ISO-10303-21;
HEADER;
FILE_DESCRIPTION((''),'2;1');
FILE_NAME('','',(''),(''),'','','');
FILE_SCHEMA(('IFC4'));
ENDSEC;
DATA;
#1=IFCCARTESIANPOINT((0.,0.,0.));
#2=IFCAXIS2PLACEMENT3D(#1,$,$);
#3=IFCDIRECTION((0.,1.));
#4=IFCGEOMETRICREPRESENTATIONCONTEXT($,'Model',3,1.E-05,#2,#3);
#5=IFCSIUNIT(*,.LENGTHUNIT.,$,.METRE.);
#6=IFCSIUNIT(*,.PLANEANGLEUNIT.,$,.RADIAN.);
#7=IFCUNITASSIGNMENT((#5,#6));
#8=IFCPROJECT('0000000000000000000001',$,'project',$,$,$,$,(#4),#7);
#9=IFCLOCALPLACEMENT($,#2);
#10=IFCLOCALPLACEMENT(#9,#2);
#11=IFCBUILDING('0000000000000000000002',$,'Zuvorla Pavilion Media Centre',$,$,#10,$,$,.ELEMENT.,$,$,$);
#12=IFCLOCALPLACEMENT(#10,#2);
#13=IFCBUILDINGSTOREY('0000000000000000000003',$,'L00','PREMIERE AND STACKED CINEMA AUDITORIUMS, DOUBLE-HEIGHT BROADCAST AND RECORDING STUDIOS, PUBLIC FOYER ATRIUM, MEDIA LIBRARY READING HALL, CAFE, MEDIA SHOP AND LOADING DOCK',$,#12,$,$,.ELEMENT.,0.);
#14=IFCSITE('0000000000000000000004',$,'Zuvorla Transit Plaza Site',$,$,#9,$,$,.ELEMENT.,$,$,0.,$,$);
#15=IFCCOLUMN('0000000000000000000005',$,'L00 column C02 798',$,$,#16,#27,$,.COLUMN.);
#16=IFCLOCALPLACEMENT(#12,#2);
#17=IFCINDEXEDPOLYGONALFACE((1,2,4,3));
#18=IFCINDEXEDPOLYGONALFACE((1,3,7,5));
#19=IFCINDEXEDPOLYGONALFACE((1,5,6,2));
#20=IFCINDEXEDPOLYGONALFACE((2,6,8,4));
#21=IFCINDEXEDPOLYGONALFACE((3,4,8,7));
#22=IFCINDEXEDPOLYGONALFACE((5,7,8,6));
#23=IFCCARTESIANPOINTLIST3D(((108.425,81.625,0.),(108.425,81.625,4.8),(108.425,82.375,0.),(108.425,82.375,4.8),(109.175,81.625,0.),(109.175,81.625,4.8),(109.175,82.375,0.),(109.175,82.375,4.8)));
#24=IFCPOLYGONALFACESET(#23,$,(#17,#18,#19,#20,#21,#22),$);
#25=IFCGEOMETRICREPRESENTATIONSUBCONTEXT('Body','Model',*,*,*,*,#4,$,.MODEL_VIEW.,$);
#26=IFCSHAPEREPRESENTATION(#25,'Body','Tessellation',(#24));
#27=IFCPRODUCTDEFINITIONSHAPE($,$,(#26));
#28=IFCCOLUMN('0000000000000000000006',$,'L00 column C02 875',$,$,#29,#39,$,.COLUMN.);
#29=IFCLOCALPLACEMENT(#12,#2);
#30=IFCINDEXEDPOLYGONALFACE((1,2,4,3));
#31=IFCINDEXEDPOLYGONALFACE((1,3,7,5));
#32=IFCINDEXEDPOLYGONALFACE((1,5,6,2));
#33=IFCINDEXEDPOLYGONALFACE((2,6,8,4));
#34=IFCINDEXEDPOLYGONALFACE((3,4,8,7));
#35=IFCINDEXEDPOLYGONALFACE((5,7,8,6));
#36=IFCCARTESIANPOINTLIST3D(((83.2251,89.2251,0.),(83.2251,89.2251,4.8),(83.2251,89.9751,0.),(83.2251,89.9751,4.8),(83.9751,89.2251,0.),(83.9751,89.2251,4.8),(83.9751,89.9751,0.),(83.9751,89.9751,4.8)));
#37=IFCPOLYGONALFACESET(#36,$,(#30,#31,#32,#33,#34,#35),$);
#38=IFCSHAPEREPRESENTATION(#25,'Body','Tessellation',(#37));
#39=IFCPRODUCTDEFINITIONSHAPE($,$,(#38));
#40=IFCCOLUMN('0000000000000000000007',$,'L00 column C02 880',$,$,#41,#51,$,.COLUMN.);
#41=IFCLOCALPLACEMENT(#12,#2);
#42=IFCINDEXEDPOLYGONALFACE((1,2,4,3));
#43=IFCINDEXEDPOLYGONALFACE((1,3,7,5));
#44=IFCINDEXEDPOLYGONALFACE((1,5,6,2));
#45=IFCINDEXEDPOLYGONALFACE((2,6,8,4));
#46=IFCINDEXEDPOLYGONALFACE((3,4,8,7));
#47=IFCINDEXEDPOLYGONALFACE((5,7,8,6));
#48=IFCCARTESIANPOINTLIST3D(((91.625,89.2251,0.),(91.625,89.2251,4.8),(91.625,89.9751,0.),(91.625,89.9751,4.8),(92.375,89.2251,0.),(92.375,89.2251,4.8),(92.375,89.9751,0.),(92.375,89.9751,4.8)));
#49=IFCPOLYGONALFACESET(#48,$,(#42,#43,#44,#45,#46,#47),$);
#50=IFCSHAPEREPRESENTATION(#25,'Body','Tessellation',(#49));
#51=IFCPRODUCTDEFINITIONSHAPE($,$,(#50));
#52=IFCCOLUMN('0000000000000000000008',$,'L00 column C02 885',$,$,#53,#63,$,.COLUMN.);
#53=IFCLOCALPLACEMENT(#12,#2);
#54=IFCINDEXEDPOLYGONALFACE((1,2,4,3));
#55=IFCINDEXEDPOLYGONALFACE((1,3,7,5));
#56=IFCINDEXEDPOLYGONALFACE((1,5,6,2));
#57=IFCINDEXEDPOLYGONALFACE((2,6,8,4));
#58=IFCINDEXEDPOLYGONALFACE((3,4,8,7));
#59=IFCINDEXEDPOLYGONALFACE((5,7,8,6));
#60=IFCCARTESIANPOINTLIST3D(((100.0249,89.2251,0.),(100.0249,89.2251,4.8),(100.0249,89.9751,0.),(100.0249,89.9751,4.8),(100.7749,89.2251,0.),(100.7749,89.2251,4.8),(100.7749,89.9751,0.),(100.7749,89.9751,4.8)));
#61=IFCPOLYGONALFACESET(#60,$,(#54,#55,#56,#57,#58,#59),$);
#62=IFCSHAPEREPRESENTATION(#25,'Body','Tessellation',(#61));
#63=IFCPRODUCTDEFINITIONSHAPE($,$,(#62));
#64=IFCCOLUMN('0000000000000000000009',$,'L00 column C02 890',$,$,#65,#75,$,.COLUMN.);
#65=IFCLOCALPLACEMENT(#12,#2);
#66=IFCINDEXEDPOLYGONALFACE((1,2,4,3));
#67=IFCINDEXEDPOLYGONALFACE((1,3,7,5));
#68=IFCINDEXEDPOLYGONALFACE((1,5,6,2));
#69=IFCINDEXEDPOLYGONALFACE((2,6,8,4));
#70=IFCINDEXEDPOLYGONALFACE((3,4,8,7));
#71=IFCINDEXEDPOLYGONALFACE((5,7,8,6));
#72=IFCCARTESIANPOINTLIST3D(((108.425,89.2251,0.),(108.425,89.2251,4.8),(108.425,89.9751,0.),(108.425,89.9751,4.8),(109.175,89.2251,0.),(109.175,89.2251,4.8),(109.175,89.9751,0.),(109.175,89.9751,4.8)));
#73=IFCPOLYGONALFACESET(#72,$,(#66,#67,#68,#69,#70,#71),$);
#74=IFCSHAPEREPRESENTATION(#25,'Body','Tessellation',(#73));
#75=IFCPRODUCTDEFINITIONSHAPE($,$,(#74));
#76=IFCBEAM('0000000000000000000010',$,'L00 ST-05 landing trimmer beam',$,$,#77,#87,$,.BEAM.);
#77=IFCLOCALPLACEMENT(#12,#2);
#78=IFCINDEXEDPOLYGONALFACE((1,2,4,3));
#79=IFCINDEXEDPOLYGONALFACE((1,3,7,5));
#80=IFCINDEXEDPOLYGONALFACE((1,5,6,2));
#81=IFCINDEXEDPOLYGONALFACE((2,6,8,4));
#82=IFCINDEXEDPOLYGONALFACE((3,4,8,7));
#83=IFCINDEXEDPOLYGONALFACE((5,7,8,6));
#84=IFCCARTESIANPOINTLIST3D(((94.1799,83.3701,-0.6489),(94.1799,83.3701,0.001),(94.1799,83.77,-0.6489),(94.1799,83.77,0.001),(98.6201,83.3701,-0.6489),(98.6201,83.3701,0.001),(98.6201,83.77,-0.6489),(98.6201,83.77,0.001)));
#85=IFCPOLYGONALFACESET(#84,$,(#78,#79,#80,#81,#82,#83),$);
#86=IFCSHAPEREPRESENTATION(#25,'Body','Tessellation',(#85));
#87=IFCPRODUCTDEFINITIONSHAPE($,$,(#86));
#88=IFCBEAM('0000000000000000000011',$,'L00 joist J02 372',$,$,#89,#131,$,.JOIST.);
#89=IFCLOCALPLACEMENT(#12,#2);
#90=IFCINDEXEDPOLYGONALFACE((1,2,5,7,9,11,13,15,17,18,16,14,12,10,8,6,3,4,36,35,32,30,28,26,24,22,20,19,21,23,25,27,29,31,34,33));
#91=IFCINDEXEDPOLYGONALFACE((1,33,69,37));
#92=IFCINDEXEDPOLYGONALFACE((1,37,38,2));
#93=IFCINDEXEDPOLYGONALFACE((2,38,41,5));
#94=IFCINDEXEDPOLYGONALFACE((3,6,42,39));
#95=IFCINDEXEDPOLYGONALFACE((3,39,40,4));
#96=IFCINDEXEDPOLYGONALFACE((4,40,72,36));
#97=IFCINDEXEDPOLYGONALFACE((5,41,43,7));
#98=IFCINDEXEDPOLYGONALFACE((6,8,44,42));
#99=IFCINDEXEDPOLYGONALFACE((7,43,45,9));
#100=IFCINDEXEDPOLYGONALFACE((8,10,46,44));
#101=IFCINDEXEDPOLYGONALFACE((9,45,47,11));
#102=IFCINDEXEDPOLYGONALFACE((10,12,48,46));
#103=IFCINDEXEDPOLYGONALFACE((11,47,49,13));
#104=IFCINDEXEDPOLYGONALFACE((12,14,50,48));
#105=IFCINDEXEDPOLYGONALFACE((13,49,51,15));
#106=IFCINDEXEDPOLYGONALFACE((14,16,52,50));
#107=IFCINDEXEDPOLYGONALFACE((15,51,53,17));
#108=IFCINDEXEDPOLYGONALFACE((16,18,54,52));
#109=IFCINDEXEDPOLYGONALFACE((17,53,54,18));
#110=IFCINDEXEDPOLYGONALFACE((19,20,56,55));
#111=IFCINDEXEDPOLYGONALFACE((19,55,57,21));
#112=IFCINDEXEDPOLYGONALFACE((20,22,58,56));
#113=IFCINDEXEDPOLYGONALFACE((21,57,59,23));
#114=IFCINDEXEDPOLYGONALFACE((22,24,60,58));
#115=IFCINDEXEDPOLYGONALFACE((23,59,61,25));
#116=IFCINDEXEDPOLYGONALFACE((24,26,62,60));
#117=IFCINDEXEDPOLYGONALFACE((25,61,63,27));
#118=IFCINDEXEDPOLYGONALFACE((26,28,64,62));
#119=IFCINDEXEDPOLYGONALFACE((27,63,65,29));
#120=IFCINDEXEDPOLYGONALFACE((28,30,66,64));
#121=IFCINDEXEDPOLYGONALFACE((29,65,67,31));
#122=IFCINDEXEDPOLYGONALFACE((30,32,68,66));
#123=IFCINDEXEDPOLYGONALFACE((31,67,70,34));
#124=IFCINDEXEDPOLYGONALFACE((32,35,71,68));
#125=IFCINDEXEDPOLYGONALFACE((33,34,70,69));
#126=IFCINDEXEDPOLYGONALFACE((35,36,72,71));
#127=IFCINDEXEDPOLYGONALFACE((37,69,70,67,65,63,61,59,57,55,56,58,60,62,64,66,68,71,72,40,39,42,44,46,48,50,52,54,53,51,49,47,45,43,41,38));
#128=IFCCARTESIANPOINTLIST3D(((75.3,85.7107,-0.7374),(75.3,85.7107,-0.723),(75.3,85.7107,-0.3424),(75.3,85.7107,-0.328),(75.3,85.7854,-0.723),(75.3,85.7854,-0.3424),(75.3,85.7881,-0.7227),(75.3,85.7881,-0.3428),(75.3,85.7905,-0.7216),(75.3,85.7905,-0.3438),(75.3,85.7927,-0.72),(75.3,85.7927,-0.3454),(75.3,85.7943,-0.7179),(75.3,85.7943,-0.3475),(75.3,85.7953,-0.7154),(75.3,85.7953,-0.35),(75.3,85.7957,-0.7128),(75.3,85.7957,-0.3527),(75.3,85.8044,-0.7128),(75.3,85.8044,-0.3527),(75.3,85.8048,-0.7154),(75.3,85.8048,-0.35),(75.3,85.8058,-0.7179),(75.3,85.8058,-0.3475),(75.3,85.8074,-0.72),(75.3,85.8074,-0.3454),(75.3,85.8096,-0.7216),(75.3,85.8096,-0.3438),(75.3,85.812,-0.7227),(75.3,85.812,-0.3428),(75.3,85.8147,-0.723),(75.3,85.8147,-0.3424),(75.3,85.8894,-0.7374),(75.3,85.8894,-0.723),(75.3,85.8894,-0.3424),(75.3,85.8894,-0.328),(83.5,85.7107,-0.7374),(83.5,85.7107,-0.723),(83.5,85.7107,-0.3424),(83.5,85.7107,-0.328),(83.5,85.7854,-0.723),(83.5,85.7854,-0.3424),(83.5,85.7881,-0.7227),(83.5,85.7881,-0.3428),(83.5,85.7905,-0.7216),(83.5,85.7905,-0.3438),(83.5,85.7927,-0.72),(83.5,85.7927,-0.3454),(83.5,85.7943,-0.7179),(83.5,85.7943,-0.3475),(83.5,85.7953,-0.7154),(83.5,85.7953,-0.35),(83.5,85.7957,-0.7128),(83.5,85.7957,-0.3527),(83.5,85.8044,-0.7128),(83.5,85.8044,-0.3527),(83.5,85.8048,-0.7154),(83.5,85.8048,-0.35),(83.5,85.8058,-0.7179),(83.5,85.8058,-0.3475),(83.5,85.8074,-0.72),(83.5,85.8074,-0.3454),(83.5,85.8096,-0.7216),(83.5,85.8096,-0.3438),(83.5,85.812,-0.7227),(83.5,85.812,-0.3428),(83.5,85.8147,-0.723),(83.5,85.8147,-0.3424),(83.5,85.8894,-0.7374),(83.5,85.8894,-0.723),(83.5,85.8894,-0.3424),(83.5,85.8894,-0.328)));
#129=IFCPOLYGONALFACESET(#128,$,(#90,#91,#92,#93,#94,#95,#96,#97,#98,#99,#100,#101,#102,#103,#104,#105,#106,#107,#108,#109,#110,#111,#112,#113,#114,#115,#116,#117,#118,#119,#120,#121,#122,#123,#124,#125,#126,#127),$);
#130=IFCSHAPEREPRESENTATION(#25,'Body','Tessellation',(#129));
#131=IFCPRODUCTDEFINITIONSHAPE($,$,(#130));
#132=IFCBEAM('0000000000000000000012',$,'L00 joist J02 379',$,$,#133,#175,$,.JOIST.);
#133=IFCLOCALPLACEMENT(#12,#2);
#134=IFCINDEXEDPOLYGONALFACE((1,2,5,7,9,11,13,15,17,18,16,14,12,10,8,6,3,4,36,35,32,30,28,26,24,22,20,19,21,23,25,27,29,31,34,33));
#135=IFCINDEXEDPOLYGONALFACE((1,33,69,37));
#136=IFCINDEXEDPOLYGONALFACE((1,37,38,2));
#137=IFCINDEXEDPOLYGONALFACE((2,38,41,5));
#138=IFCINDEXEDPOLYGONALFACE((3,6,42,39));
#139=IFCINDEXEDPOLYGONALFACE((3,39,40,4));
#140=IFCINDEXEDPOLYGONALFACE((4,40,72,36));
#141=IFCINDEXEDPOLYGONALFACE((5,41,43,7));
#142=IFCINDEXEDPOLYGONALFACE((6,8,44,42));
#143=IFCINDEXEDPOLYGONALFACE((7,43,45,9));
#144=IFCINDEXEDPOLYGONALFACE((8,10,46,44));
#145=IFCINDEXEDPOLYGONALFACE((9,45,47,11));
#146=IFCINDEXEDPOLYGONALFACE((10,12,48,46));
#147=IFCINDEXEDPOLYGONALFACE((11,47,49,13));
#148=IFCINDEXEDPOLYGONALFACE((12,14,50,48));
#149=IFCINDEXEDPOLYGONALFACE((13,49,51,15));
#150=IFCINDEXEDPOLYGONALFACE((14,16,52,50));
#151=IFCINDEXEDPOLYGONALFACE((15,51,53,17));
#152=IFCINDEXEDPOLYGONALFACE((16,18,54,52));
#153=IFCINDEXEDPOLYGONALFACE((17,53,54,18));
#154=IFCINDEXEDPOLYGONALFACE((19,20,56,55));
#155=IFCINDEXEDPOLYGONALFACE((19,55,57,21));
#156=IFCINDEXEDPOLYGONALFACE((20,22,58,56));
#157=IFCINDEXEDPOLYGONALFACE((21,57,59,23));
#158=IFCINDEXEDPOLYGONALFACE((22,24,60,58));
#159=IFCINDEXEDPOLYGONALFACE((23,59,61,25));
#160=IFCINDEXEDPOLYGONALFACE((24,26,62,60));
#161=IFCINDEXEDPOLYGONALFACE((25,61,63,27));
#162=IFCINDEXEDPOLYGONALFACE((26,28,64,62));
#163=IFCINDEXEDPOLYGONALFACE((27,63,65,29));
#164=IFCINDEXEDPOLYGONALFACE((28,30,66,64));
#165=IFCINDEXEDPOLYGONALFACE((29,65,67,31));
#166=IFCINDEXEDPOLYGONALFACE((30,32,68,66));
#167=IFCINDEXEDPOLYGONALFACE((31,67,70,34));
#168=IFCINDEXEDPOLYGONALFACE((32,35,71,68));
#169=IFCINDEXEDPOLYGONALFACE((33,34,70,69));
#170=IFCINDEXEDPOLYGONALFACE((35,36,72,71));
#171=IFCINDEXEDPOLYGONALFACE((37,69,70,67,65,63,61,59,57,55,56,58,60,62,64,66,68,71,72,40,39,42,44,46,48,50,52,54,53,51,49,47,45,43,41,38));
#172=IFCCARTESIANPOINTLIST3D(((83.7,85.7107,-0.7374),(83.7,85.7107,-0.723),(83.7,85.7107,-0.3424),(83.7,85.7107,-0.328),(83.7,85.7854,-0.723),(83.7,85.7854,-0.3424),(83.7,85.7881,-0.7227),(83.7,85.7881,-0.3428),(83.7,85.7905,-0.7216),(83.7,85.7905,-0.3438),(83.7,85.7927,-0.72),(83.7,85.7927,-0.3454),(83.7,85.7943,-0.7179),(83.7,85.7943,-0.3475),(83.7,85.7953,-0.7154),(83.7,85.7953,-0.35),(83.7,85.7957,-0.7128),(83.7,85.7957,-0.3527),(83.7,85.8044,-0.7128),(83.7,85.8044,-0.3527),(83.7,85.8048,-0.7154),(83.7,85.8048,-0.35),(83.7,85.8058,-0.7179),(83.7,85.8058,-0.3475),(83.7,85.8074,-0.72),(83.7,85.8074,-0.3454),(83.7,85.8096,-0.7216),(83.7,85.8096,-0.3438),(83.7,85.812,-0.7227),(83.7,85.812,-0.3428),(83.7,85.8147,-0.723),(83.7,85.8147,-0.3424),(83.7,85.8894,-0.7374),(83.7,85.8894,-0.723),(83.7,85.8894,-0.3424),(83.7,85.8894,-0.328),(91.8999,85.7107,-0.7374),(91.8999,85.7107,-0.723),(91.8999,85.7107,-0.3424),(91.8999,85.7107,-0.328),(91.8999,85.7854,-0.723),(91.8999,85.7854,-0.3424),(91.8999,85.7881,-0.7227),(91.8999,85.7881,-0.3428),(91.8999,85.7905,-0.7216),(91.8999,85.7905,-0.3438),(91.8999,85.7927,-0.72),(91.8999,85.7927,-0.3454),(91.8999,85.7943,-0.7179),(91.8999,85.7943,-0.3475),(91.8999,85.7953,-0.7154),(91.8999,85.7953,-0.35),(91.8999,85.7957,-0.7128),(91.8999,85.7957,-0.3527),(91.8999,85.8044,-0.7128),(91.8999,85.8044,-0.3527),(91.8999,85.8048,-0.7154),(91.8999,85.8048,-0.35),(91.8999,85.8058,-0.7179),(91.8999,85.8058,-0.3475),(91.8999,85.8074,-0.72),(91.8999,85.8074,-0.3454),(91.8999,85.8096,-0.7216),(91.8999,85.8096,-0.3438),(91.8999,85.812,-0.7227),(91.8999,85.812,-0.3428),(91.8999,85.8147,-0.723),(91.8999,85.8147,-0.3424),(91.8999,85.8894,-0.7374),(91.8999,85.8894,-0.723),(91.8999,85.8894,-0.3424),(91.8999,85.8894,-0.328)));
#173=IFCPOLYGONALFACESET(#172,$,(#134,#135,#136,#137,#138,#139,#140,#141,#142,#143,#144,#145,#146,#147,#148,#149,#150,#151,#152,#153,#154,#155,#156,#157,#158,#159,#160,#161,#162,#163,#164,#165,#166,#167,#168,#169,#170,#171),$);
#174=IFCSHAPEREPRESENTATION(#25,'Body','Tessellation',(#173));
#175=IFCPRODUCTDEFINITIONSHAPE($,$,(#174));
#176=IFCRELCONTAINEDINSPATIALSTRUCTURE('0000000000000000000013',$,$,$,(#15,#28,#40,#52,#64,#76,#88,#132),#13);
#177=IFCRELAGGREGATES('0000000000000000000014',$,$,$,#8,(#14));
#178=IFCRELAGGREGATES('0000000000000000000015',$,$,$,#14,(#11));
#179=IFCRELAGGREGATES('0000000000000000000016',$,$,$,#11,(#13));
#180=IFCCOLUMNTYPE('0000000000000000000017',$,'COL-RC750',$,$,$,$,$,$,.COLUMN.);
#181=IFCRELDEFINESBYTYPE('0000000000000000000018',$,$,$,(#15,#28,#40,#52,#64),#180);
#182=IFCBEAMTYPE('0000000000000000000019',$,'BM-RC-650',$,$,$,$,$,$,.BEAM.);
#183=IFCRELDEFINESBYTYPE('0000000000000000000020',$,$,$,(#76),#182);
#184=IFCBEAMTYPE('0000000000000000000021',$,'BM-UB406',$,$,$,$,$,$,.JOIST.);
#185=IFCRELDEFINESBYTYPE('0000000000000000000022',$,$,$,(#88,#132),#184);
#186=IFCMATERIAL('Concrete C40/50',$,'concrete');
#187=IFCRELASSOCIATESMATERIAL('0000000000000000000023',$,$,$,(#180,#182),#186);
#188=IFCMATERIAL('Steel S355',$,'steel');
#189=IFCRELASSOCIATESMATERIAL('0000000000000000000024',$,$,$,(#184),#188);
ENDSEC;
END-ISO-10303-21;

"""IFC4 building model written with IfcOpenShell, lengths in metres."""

from ifc_helpers import new_model, si_unit, direction, frame, origin, origin_2d, place, context, subcontext, project, spatial, rectangle, i_section, extrude, material, material_profile, profile_set, type_object, element, save


model = new_model("IFC4")

# Units and contexts
model_context = context("Model", 3, precision=1e-05, world=origin(), true_north=direction((0.0, 1.0)))
body_context = subcontext(model_context, "Body", "Model", "MODEL_VIEW")
ifc_project = project(units=[si_unit("LENGTHUNIT", "METRE"), si_unit("PLANEANGLEUNIT", "RADIAN")], contexts=[model_context])

# Site, building, storey
site_placement = place(None, origin())
site = spatial("IfcSite", under=ifc_project, at=site_placement, Name="Zuvorla Transit Plaza Site", CompositionType="ELEMENT", RefElevation=0.0)
building_placement = place(site_placement, origin())
building = spatial("IfcBuilding", under=site, at=building_placement, Name="Zuvorla Pavilion Media Centre", CompositionType="ELEMENT")
storey_placement = place(building_placement, origin())
storey = spatial("IfcBuildingStorey", under=building, at=storey_placement, Name="L00", Description="PREMIERE AND STACKED CINEMA AUDITORIUMS, DOUBLE-HEIGHT BROADCAST AND RECORDING STUDIOS, PUBLIC FOYER ATRIUM, MEDIA LIBRARY READING HALL, CAFE, MEDIA SHOP AND LOADING DOCK", CompositionType="ELEMENT", Elevation=0.0)

# Columns
ifc_material_1 = material(Name="Concrete C40/50", Category="concrete")
ifc_material_profile_1 = material_profile(ifc_material_1, rectangle(XDim=0.75, YDim=0.75, at=origin_2d()), Name="RC 750x750")
ifc_profile_set_1 = profile_set([ifc_material_profile_1], Name="Concrete C40/50")
column_type = type_object("IfcColumnType", Name="COL-RC750", PredefinedType="COLUMN", material=ifc_profile_set_1)
for number, where, z_axis, x_axis, name in (
    (1, (108.8, 82.0, 0.0), (0.0, 0.0, 1.0), (1.0, 0.0, 0.0), "L00 column C02 798"),
    (2, (83.6001, 89.6001, 0.0), (0.0, 0.0, 1.0), (1.0, 0.0, 0.0), "L00 column C02 875"),
    (3, (92.0, 89.6001, 0.0), (0.0, 0.0, 1.0), (1.0, 0.0, 0.0), "L00 column C02 880"),
    (4, (100.3999, 89.6001, 0.0), (0.0, 0.0, 1.0), (1.0, 0.0, 0.0), "L00 column C02 885"),
    (5, (108.8, 89.6001, 0.0), (0.0, 0.0, 1.0), (1.0, 0.0, 0.0), "L00 column C02 890"),
):
    element("IfcColumn", number, at=place(storey_placement, frame(where, z_axis=z_axis, x_axis=x_axis)), inside=storey, type_object=column_type, Name=name, PredefinedType="COLUMN", context=body_context, shape_type="SweptSolid", body=[
        extrude(rectangle(XDim=0.75, YDim=0.75, at=origin_2d()), origin(), (0.0, 0.0, 1.0), 4.8),
    ])

# Beams
ifc_material_profile_2 = material_profile(ifc_material_1, rectangle(XDim=0.3999, YDim=0.6499, at=origin_2d()), Name="RC 400x650")
ifc_profile_set_2 = profile_set([ifc_material_profile_2], Name="Concrete C40/50")
beam_type_1 = type_object("IfcBeamType", Name="BM-RC-650", PredefinedType="BEAM", material=ifc_profile_set_2)
beam_1_placement = place(storey_placement, frame((94.1799, 83.5701, -0.324), z_axis=(1.0, 0.0, 0.0), x_axis=(0.0, 1.0, 0.0)))
element("IfcBeam", 6, at=beam_1_placement, inside=storey, type_object=beam_type_1, Name="L00 ST-05 landing trimmer beam", PredefinedType="BEAM", context=body_context, shape_type="SweptSolid", body=[
    extrude(rectangle(XDim=0.3999, YDim=0.6499, at=origin_2d()), origin(), (0.0, 0.0, 1.0), 4.4402),
])
ifc_material_2 = material(Name="Steel S355", Category="steel")
ifc_material_profile_3 = material_profile(ifc_material_2, i_section(OverallWidth=0.1787, OverallDepth=0.4094, WebThickness=0.0088, FlangeThickness=0.0144, FilletRadius=0.0103, at=origin_2d()), Name="UB 406x178x67")
ifc_profile_set_3 = profile_set([ifc_material_profile_3], Name="Steel S355")
beam_type_2 = type_object("IfcBeamType", Name="BM-UB406", PredefinedType="JOIST", material=ifc_profile_set_3)
for number, where, z_axis, x_axis, name in (
    (7, (75.3, 85.8, -0.5327), (1.0, 0.0, 0.0), (0.0, 1.0, 0.0), "L00 joist J02 372"),
    (8, (83.7, 85.8, -0.5327), (1.0, 0.0, 0.0), (0.0, 1.0, 0.0), "L00 joist J02 379"),
):
    element("IfcBeam", number, at=place(storey_placement, frame(where, z_axis=z_axis, x_axis=x_axis)), inside=storey, type_object=beam_type_2, Name=name, PredefinedType="JOIST", context=body_context, shape_type="SweptSolid", body=[
        extrude(i_section(OverallWidth=0.1787, OverallDepth=0.4094, WebThickness=0.0088, FlangeThickness=0.0144, FilletRadius=0.0103, at=origin_2d()), origin(), (0.0, 0.0, 1.0), 8.2),
    ])

save(model, "model.ifc")
